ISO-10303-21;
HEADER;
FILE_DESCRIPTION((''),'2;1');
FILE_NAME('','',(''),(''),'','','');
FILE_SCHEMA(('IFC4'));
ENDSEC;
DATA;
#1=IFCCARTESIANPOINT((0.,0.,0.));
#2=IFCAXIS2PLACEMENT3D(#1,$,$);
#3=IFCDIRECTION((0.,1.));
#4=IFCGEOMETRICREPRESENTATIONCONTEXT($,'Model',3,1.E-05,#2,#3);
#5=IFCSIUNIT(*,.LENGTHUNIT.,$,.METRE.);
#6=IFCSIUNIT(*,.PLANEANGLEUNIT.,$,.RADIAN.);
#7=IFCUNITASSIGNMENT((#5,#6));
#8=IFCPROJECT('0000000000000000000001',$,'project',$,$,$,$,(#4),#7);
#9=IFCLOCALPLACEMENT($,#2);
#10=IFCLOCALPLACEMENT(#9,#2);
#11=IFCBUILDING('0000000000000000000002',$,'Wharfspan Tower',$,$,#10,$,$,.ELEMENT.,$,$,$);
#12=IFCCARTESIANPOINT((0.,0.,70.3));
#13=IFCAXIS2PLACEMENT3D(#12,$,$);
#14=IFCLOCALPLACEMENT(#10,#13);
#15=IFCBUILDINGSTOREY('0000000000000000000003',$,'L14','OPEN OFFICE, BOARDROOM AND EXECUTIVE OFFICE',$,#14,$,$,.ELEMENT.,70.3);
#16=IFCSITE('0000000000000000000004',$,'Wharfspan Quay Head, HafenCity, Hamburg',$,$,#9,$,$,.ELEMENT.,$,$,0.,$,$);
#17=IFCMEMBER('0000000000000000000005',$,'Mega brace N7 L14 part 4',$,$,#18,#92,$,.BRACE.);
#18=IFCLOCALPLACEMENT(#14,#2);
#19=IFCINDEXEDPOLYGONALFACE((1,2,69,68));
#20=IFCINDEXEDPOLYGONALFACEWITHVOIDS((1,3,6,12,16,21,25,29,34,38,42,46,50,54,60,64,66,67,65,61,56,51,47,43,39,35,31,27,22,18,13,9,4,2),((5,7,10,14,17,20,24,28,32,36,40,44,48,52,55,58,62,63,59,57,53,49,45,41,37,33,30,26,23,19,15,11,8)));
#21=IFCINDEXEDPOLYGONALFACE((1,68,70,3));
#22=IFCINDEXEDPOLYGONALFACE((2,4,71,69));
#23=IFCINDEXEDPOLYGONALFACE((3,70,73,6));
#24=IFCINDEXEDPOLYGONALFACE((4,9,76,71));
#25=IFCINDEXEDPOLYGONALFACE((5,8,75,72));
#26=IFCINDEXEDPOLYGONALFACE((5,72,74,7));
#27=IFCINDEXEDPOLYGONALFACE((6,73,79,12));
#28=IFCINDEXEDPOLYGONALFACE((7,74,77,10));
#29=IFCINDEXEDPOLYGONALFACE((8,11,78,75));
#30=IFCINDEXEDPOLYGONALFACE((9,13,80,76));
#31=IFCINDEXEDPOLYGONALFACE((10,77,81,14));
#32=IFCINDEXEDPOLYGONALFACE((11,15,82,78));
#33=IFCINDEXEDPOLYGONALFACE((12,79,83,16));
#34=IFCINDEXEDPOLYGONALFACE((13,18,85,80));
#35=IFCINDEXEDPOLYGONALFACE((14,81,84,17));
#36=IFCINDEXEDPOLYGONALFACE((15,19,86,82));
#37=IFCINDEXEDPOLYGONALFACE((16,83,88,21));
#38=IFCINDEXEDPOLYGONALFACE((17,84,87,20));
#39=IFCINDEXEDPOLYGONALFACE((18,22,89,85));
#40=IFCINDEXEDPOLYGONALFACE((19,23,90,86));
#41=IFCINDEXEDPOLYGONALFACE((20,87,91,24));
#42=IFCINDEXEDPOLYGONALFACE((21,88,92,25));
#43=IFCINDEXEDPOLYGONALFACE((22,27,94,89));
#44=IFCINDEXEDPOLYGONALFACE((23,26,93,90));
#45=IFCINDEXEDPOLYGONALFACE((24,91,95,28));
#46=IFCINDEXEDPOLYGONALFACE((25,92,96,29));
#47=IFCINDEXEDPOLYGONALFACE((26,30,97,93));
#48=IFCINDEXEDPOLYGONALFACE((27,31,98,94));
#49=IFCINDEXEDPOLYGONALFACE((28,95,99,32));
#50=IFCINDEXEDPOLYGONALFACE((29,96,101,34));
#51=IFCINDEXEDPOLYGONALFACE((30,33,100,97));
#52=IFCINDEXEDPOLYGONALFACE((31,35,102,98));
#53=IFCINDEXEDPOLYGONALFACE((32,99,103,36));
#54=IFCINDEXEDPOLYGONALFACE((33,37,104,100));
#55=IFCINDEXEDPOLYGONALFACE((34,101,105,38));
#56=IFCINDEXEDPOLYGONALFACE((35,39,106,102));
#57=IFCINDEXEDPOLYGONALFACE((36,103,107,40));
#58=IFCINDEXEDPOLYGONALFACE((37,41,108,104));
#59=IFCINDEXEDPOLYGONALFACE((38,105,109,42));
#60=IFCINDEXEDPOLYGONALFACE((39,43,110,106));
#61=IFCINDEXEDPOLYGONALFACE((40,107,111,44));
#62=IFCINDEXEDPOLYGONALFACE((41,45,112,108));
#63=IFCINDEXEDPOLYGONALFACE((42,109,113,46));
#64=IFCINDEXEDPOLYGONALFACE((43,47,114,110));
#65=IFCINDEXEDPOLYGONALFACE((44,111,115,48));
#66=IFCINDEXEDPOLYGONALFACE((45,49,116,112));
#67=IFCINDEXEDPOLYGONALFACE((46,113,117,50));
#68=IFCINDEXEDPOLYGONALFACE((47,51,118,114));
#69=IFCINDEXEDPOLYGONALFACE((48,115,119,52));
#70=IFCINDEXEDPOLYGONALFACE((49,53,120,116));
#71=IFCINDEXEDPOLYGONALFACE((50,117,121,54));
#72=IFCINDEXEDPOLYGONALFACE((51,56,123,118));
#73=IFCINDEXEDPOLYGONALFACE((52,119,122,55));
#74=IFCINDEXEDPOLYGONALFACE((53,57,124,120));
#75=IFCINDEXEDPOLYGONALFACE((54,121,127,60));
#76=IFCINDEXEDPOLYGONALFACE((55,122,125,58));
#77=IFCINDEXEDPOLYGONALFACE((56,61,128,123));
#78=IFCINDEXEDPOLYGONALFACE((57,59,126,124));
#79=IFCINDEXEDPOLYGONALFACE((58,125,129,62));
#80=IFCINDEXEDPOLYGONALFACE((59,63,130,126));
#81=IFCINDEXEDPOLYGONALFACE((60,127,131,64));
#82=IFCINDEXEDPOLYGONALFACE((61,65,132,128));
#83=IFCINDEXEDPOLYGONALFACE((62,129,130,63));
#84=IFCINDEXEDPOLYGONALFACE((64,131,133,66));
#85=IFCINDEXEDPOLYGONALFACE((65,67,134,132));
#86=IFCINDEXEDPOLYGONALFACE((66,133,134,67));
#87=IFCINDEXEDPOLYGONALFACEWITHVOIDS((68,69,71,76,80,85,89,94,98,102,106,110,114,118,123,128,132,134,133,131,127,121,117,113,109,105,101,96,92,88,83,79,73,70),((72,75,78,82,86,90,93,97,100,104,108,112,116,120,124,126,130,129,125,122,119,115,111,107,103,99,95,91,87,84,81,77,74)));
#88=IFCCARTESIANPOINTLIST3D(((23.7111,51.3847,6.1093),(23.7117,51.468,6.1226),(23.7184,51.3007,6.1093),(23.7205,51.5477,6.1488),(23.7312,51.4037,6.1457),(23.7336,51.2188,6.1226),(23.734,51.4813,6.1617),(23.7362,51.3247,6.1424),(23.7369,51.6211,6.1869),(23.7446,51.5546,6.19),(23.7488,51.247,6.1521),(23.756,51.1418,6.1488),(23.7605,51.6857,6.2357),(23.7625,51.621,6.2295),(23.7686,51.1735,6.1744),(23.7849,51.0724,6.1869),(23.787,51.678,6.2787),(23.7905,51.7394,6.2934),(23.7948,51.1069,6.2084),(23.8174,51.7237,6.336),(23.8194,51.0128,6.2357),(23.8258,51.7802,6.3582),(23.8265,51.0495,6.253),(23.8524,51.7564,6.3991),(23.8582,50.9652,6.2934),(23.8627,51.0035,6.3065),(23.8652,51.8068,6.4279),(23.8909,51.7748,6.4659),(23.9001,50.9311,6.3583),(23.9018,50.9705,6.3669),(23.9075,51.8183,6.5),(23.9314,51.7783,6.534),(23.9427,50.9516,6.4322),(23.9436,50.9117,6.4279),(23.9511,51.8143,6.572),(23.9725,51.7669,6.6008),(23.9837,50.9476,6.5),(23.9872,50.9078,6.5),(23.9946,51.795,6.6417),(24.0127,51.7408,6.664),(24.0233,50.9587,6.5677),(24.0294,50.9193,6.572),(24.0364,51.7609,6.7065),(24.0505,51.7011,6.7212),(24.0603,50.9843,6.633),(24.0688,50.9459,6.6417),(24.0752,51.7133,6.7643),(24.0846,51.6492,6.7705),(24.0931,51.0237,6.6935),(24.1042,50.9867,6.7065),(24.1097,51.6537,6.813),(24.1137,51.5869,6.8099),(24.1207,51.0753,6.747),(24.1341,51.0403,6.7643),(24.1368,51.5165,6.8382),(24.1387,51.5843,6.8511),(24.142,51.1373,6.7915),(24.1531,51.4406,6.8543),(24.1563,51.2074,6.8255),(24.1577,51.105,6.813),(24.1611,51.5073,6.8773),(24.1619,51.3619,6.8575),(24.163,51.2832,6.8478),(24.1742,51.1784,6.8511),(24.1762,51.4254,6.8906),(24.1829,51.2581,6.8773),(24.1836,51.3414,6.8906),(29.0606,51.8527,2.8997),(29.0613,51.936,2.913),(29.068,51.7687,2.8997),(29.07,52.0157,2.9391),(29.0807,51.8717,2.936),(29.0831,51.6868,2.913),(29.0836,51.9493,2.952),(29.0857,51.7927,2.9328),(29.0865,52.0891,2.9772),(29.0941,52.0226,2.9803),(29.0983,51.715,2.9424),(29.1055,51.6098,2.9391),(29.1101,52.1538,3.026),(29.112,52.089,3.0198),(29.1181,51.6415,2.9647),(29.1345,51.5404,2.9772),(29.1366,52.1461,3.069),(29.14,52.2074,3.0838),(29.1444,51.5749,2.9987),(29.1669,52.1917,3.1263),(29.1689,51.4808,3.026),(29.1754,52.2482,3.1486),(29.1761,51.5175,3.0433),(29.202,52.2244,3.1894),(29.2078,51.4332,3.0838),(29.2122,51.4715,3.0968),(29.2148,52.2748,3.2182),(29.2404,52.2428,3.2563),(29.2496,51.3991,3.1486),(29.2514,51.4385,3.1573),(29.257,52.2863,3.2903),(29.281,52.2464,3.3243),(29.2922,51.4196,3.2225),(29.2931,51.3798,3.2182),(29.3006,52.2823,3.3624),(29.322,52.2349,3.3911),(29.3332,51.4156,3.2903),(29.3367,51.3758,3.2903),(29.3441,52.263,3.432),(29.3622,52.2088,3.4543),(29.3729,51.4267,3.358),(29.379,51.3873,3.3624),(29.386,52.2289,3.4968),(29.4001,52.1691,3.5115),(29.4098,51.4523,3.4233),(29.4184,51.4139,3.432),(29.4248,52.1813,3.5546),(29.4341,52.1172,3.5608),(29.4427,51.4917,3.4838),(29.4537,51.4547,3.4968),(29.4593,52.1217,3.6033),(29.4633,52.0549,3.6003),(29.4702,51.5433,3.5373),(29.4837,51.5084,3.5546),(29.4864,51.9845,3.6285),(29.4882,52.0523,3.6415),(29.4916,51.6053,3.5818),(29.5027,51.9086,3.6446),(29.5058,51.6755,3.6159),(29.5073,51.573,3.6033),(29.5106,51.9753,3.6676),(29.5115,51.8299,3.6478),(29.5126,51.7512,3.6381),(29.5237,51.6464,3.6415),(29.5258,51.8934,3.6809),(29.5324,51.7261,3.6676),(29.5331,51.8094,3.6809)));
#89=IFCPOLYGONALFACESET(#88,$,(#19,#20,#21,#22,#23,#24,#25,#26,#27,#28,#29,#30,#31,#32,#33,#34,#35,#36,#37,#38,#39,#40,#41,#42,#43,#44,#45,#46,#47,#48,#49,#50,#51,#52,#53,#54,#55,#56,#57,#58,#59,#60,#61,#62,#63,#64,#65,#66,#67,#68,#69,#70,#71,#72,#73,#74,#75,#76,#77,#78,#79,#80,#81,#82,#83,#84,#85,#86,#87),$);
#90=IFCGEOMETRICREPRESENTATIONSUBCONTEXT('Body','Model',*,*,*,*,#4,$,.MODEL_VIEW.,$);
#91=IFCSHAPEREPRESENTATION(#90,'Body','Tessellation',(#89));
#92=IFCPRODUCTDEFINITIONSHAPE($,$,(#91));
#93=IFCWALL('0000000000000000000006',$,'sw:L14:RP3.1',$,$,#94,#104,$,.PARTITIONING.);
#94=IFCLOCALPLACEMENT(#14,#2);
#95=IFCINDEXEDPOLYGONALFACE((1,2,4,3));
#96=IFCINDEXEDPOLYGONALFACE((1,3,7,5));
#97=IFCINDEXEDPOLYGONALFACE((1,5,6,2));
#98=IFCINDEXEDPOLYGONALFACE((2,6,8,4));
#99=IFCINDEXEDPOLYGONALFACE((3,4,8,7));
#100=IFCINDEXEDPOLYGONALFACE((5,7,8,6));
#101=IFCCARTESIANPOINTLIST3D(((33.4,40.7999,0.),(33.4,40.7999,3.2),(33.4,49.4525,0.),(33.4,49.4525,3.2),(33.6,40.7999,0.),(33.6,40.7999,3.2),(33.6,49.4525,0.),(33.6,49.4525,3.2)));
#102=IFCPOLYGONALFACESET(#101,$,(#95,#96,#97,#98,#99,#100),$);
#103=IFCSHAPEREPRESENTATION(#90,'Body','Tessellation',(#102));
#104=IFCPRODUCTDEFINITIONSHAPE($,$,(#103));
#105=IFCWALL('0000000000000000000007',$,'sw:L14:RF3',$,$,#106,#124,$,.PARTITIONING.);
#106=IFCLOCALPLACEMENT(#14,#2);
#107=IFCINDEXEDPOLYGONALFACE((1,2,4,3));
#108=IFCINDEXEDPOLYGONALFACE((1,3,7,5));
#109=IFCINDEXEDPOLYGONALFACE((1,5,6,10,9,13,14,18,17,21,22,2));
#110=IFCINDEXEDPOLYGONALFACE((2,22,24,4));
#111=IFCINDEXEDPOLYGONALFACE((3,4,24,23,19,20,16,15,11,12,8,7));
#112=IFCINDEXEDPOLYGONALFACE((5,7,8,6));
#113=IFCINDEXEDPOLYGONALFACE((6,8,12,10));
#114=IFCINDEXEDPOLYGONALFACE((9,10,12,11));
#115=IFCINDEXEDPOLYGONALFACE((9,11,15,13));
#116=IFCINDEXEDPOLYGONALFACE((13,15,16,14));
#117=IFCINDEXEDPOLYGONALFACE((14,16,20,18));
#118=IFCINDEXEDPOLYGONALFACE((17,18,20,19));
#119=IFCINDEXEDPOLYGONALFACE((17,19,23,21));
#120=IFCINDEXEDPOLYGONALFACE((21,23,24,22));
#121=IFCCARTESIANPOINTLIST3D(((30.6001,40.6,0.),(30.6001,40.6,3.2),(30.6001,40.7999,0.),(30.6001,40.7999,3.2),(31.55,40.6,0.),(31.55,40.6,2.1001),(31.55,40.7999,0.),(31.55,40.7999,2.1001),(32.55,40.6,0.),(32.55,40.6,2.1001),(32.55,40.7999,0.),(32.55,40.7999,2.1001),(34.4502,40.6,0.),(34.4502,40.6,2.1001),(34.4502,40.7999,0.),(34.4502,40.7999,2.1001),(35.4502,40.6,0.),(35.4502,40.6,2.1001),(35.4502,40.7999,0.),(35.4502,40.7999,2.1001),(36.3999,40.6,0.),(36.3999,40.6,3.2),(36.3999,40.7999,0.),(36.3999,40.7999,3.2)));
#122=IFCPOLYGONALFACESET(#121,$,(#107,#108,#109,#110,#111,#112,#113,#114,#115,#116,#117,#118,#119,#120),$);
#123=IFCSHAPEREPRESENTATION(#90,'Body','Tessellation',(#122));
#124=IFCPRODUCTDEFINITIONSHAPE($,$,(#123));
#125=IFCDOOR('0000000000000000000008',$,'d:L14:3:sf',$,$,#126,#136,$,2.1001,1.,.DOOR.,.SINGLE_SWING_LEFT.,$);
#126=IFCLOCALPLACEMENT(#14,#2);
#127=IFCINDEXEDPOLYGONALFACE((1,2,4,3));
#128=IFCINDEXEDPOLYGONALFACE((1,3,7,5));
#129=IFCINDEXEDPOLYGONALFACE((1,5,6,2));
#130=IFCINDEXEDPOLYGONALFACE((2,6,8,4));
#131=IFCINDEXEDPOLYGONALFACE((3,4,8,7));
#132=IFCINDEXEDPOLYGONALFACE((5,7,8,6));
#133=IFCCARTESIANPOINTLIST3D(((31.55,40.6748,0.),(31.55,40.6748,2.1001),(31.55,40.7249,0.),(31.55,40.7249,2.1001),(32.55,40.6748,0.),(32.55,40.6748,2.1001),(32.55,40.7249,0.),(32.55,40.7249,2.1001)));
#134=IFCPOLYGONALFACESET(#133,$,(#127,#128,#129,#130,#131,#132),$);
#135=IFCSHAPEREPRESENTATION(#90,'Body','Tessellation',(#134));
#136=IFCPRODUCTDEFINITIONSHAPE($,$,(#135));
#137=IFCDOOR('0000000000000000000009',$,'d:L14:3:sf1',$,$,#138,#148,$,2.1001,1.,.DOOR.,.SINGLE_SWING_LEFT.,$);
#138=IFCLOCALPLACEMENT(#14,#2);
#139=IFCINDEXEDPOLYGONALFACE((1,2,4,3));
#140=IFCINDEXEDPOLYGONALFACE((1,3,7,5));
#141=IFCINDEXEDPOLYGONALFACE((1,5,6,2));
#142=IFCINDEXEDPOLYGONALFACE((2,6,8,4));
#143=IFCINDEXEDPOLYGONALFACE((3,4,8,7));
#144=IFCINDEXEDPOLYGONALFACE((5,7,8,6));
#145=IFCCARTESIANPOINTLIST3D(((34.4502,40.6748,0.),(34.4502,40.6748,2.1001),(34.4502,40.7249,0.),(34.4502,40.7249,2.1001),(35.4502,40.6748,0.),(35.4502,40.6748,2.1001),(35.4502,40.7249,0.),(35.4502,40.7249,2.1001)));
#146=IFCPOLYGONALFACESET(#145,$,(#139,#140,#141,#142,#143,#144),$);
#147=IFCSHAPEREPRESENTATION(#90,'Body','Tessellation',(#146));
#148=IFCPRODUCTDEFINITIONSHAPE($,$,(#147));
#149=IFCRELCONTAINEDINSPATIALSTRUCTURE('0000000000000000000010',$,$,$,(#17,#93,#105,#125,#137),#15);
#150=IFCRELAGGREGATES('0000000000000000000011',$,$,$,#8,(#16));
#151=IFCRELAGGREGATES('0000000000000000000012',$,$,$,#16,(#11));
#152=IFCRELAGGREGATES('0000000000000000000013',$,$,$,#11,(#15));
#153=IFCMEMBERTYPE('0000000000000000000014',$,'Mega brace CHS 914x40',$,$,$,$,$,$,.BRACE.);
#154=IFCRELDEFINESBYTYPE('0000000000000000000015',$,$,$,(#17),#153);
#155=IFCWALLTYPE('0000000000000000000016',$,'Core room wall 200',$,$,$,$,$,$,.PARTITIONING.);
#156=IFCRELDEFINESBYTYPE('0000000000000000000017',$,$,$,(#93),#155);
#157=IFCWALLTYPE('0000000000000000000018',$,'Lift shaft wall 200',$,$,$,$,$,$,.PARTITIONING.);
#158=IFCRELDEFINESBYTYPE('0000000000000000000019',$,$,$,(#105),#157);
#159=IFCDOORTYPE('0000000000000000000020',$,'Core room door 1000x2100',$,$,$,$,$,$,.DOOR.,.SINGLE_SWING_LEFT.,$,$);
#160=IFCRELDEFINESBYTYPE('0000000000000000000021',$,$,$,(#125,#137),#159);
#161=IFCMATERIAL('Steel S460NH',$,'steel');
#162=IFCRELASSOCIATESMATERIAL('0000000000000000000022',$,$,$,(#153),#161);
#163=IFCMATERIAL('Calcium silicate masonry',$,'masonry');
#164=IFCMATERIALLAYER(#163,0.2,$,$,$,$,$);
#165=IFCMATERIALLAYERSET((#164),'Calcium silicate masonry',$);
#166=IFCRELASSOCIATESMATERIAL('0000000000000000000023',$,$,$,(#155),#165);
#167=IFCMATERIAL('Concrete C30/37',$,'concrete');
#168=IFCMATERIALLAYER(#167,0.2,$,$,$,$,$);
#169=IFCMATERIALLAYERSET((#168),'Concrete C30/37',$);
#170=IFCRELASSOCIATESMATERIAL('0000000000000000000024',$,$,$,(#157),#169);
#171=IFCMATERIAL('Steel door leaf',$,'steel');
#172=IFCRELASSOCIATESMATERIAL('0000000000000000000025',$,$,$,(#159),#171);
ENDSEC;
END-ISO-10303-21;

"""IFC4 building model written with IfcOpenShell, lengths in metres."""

from ifc_helpers import new_model, si_unit, direction, frame, frame_2d, origin, origin_2d, place, context, subcontext, project, spatial, rectangle, hollow_circle, extrude, material, layer, layer_set, material_profile, profile_set, type_object, element, fill, save


model = new_model("IFC4")

# Units and contexts
model_context = context("Model", 3, precision=1e-05, world=origin(), true_north=direction((0.0, 1.0)))
body_context = subcontext(model_context, "Body", "Model", "MODEL_VIEW")
ifc_project = project(units=[si_unit("LENGTHUNIT", "METRE"), si_unit("PLANEANGLEUNIT", "RADIAN")], contexts=[model_context])

# Site, building, storey
site_placement = place(None, origin())
site = spatial("IfcSite", under=ifc_project, at=site_placement, Name="Wharfspan Quay Head, HafenCity, Hamburg", CompositionType="ELEMENT", RefElevation=0.0)
building_placement = place(site_placement, origin())
building = spatial("IfcBuilding", under=site, at=building_placement, Name="Wharfspan Tower", CompositionType="ELEMENT")
storey_placement = place(building_placement, frame((0.0, 0.0, 70.3)))
storey = spatial("IfcBuildingStorey", under=building, at=storey_placement, Name="L14", Description="OPEN OFFICE, BOARDROOM AND EXECUTIVE OFFICE", CompositionType="ELEMENT", Elevation=70.3)

# Member
ifc_material_1 = material(Name="Steel S460NH", Category="steel")
ifc_material_profile_1 = material_profile(ifc_material_1, hollow_circle(Radius=0.457, WallThickness=0.04, at=origin_2d()))
ifc_profile_set_1 = profile_set([ifc_material_profile_1], Name="Steel S460NH")
member_type = type_object("IfcMemberType", Name="Mega brace CHS 914x40", PredefinedType="BRACE", material=ifc_profile_set_1)
for number, where, z_axis, x_axis, name in (
    (1, (29.2969, 51.8311, 3.2903), (-0.855094, -0.074809, 0.513048), (0.087154, -0.996195, 0.000001), "Mega brace N7 L14 part 4"),
):
    element("IfcMember", number, at=place(storey_placement, frame(where, z_axis=z_axis, x_axis=x_axis)), inside=storey, type_object=member_type, Name=name, PredefinedType="BRACE", context=body_context, shape_type="SweptSolid", body=[
        extrude(hollow_circle(Radius=0.457, WallThickness=0.04, at=origin_2d()), origin(), (0.0, 0.0, 1.0), 6.2561),
    ])

# Wall
ifc_material_2 = material(Name="Calcium silicate masonry", Category="masonry")
ifc_layer_1 = layer(ifc_material_2, 0.2)
ifc_layer_set_1 = layer_set([ifc_layer_1], Name="Calcium silicate masonry")
wall_type_1 = type_object("IfcWallType", Name="Core room wall 200", PredefinedType="PARTITIONING", material=ifc_layer_set_1)
wall_1_placement = place(storey_placement, frame((33.5, 40.8, 0.0), z_axis=(0.0, 0.0, 1.0), x_axis=(0.0, 1.0, 0.0)))
element("IfcWall", 2, at=wall_1_placement, inside=storey, type_object=wall_type_1, Name="sw:L14:RP3.1", PredefinedType="PARTITIONING", context=body_context, shape_type="SweptSolid", body=[
    extrude(rectangle(XDim=8.6526, YDim=0.2, at=frame_2d((4.3262, 0.0))), origin(), (0.0, 0.0, 1.0), 3.2),
])

# Wall, openings, doors
ifc_material_3 = material(Name="Concrete C30/37", Category="concrete")
ifc_layer_2 = layer(ifc_material_3, 0.2)
ifc_layer_set_2 = layer_set([ifc_layer_2], Name="Concrete C30/37")
wall_type_2 = type_object("IfcWallType", Name="Lift shaft wall 200", PredefinedType="PARTITIONING", material=ifc_layer_set_2)
wall_2_placement = place(storey_placement, frame((30.6001, 40.7, 0.0), z_axis=(0.0, 0.0, 1.0), x_axis=(1.0, 0.0, 0.0)))
wall_2 = element("IfcWall", 3, at=wall_2_placement, inside=storey, type_object=wall_type_2, Name="sw:L14:RF3", PredefinedType="PARTITIONING", context=body_context, shape_type="SweptSolid", body=[
    extrude(rectangle(XDim=5.7998, YDim=0.2, at=frame_2d((2.8999, 0.0))), origin(), (0.0, 0.0, 1.0), 3.2),
])
opening_1_placement = place(wall_2_placement, frame((0.95, 0.0, 0.0)))
opening_1 = element("IfcOpeningElement", 4, at=opening_1_placement, cuts=wall_2, PredefinedType="OPENING", context=body_context, shape_type="SweptSolid", body=[
    extrude(rectangle(XDim=1.0, YDim=2.1001, at=frame_2d((0.5, 1.05))), frame((0.0, 0.1099, 0.0), z_axis=(0.0, -1.0, 0.0), x_axis=(1.0, 0.0, 0.0)), (0.0, 0.0, 1.0), 0.22),
])
opening_2_placement = place(wall_2_placement, frame((3.8501, 0.0, 0.0)))
opening_2 = element("IfcOpeningElement", 5, at=opening_2_placement, cuts=wall_2, PredefinedType="OPENING", context=body_context, shape_type="SweptSolid", body=[
    extrude(rectangle(XDim=1.0, YDim=2.1001, at=frame_2d((0.5, 1.05))), frame((0.0, 0.1099, 0.0), z_axis=(0.0, -1.0, 0.0), x_axis=(1.0, 0.0, 0.0)), (0.0, 0.0, 1.0), 0.22),
])
ifc_material_4 = material(Name="Steel door leaf", Category="steel")
door_type = type_object("IfcDoorType", Name="Core room door 1000x2100", OperationType="SINGLE_SWING_LEFT", PredefinedType="DOOR", material=ifc_material_4)
door_1_placement = place(opening_1_placement, origin())
door_1 = element("IfcDoor", 6, at=door_1_placement, inside=storey, type_object=door_type, Name="d:L14:3:sf", OperationType="SINGLE_SWING_LEFT", OverallHeight=2.1001, OverallWidth=1.0, PredefinedType="DOOR", context=body_context, shape_type="SweptSolid", body=[
    extrude(rectangle(XDim=1.0, YDim=2.1001, at=frame_2d((0.5, 1.05))), frame((0.0, 0.0249, 0.0), z_axis=(0.0, -1.0, 0.0), x_axis=(1.0, 0.0, 0.0)), (0.0, 0.0, 1.0), 0.05),
])
fill(opening_1, door_1)
door_2_placement = place(opening_2_placement, origin())
door_2 = element("IfcDoor", 7, at=door_2_placement, inside=storey, type_object=door_type, Name="d:L14:3:sf1", OperationType="SINGLE_SWING_LEFT", OverallHeight=2.1001, OverallWidth=1.0, PredefinedType="DOOR", context=body_context, shape_type="SweptSolid", body=[
    extrude(rectangle(XDim=1.0, YDim=2.1001, at=frame_2d((0.5, 1.05))), frame((0.0, 0.0249, 0.0), z_axis=(0.0, -1.0, 0.0), x_axis=(1.0, 0.0, 0.0)), (0.0, 0.0, 1.0), 0.05),
])
fill(opening_2, door_2)

save(model, "model.ifc")
